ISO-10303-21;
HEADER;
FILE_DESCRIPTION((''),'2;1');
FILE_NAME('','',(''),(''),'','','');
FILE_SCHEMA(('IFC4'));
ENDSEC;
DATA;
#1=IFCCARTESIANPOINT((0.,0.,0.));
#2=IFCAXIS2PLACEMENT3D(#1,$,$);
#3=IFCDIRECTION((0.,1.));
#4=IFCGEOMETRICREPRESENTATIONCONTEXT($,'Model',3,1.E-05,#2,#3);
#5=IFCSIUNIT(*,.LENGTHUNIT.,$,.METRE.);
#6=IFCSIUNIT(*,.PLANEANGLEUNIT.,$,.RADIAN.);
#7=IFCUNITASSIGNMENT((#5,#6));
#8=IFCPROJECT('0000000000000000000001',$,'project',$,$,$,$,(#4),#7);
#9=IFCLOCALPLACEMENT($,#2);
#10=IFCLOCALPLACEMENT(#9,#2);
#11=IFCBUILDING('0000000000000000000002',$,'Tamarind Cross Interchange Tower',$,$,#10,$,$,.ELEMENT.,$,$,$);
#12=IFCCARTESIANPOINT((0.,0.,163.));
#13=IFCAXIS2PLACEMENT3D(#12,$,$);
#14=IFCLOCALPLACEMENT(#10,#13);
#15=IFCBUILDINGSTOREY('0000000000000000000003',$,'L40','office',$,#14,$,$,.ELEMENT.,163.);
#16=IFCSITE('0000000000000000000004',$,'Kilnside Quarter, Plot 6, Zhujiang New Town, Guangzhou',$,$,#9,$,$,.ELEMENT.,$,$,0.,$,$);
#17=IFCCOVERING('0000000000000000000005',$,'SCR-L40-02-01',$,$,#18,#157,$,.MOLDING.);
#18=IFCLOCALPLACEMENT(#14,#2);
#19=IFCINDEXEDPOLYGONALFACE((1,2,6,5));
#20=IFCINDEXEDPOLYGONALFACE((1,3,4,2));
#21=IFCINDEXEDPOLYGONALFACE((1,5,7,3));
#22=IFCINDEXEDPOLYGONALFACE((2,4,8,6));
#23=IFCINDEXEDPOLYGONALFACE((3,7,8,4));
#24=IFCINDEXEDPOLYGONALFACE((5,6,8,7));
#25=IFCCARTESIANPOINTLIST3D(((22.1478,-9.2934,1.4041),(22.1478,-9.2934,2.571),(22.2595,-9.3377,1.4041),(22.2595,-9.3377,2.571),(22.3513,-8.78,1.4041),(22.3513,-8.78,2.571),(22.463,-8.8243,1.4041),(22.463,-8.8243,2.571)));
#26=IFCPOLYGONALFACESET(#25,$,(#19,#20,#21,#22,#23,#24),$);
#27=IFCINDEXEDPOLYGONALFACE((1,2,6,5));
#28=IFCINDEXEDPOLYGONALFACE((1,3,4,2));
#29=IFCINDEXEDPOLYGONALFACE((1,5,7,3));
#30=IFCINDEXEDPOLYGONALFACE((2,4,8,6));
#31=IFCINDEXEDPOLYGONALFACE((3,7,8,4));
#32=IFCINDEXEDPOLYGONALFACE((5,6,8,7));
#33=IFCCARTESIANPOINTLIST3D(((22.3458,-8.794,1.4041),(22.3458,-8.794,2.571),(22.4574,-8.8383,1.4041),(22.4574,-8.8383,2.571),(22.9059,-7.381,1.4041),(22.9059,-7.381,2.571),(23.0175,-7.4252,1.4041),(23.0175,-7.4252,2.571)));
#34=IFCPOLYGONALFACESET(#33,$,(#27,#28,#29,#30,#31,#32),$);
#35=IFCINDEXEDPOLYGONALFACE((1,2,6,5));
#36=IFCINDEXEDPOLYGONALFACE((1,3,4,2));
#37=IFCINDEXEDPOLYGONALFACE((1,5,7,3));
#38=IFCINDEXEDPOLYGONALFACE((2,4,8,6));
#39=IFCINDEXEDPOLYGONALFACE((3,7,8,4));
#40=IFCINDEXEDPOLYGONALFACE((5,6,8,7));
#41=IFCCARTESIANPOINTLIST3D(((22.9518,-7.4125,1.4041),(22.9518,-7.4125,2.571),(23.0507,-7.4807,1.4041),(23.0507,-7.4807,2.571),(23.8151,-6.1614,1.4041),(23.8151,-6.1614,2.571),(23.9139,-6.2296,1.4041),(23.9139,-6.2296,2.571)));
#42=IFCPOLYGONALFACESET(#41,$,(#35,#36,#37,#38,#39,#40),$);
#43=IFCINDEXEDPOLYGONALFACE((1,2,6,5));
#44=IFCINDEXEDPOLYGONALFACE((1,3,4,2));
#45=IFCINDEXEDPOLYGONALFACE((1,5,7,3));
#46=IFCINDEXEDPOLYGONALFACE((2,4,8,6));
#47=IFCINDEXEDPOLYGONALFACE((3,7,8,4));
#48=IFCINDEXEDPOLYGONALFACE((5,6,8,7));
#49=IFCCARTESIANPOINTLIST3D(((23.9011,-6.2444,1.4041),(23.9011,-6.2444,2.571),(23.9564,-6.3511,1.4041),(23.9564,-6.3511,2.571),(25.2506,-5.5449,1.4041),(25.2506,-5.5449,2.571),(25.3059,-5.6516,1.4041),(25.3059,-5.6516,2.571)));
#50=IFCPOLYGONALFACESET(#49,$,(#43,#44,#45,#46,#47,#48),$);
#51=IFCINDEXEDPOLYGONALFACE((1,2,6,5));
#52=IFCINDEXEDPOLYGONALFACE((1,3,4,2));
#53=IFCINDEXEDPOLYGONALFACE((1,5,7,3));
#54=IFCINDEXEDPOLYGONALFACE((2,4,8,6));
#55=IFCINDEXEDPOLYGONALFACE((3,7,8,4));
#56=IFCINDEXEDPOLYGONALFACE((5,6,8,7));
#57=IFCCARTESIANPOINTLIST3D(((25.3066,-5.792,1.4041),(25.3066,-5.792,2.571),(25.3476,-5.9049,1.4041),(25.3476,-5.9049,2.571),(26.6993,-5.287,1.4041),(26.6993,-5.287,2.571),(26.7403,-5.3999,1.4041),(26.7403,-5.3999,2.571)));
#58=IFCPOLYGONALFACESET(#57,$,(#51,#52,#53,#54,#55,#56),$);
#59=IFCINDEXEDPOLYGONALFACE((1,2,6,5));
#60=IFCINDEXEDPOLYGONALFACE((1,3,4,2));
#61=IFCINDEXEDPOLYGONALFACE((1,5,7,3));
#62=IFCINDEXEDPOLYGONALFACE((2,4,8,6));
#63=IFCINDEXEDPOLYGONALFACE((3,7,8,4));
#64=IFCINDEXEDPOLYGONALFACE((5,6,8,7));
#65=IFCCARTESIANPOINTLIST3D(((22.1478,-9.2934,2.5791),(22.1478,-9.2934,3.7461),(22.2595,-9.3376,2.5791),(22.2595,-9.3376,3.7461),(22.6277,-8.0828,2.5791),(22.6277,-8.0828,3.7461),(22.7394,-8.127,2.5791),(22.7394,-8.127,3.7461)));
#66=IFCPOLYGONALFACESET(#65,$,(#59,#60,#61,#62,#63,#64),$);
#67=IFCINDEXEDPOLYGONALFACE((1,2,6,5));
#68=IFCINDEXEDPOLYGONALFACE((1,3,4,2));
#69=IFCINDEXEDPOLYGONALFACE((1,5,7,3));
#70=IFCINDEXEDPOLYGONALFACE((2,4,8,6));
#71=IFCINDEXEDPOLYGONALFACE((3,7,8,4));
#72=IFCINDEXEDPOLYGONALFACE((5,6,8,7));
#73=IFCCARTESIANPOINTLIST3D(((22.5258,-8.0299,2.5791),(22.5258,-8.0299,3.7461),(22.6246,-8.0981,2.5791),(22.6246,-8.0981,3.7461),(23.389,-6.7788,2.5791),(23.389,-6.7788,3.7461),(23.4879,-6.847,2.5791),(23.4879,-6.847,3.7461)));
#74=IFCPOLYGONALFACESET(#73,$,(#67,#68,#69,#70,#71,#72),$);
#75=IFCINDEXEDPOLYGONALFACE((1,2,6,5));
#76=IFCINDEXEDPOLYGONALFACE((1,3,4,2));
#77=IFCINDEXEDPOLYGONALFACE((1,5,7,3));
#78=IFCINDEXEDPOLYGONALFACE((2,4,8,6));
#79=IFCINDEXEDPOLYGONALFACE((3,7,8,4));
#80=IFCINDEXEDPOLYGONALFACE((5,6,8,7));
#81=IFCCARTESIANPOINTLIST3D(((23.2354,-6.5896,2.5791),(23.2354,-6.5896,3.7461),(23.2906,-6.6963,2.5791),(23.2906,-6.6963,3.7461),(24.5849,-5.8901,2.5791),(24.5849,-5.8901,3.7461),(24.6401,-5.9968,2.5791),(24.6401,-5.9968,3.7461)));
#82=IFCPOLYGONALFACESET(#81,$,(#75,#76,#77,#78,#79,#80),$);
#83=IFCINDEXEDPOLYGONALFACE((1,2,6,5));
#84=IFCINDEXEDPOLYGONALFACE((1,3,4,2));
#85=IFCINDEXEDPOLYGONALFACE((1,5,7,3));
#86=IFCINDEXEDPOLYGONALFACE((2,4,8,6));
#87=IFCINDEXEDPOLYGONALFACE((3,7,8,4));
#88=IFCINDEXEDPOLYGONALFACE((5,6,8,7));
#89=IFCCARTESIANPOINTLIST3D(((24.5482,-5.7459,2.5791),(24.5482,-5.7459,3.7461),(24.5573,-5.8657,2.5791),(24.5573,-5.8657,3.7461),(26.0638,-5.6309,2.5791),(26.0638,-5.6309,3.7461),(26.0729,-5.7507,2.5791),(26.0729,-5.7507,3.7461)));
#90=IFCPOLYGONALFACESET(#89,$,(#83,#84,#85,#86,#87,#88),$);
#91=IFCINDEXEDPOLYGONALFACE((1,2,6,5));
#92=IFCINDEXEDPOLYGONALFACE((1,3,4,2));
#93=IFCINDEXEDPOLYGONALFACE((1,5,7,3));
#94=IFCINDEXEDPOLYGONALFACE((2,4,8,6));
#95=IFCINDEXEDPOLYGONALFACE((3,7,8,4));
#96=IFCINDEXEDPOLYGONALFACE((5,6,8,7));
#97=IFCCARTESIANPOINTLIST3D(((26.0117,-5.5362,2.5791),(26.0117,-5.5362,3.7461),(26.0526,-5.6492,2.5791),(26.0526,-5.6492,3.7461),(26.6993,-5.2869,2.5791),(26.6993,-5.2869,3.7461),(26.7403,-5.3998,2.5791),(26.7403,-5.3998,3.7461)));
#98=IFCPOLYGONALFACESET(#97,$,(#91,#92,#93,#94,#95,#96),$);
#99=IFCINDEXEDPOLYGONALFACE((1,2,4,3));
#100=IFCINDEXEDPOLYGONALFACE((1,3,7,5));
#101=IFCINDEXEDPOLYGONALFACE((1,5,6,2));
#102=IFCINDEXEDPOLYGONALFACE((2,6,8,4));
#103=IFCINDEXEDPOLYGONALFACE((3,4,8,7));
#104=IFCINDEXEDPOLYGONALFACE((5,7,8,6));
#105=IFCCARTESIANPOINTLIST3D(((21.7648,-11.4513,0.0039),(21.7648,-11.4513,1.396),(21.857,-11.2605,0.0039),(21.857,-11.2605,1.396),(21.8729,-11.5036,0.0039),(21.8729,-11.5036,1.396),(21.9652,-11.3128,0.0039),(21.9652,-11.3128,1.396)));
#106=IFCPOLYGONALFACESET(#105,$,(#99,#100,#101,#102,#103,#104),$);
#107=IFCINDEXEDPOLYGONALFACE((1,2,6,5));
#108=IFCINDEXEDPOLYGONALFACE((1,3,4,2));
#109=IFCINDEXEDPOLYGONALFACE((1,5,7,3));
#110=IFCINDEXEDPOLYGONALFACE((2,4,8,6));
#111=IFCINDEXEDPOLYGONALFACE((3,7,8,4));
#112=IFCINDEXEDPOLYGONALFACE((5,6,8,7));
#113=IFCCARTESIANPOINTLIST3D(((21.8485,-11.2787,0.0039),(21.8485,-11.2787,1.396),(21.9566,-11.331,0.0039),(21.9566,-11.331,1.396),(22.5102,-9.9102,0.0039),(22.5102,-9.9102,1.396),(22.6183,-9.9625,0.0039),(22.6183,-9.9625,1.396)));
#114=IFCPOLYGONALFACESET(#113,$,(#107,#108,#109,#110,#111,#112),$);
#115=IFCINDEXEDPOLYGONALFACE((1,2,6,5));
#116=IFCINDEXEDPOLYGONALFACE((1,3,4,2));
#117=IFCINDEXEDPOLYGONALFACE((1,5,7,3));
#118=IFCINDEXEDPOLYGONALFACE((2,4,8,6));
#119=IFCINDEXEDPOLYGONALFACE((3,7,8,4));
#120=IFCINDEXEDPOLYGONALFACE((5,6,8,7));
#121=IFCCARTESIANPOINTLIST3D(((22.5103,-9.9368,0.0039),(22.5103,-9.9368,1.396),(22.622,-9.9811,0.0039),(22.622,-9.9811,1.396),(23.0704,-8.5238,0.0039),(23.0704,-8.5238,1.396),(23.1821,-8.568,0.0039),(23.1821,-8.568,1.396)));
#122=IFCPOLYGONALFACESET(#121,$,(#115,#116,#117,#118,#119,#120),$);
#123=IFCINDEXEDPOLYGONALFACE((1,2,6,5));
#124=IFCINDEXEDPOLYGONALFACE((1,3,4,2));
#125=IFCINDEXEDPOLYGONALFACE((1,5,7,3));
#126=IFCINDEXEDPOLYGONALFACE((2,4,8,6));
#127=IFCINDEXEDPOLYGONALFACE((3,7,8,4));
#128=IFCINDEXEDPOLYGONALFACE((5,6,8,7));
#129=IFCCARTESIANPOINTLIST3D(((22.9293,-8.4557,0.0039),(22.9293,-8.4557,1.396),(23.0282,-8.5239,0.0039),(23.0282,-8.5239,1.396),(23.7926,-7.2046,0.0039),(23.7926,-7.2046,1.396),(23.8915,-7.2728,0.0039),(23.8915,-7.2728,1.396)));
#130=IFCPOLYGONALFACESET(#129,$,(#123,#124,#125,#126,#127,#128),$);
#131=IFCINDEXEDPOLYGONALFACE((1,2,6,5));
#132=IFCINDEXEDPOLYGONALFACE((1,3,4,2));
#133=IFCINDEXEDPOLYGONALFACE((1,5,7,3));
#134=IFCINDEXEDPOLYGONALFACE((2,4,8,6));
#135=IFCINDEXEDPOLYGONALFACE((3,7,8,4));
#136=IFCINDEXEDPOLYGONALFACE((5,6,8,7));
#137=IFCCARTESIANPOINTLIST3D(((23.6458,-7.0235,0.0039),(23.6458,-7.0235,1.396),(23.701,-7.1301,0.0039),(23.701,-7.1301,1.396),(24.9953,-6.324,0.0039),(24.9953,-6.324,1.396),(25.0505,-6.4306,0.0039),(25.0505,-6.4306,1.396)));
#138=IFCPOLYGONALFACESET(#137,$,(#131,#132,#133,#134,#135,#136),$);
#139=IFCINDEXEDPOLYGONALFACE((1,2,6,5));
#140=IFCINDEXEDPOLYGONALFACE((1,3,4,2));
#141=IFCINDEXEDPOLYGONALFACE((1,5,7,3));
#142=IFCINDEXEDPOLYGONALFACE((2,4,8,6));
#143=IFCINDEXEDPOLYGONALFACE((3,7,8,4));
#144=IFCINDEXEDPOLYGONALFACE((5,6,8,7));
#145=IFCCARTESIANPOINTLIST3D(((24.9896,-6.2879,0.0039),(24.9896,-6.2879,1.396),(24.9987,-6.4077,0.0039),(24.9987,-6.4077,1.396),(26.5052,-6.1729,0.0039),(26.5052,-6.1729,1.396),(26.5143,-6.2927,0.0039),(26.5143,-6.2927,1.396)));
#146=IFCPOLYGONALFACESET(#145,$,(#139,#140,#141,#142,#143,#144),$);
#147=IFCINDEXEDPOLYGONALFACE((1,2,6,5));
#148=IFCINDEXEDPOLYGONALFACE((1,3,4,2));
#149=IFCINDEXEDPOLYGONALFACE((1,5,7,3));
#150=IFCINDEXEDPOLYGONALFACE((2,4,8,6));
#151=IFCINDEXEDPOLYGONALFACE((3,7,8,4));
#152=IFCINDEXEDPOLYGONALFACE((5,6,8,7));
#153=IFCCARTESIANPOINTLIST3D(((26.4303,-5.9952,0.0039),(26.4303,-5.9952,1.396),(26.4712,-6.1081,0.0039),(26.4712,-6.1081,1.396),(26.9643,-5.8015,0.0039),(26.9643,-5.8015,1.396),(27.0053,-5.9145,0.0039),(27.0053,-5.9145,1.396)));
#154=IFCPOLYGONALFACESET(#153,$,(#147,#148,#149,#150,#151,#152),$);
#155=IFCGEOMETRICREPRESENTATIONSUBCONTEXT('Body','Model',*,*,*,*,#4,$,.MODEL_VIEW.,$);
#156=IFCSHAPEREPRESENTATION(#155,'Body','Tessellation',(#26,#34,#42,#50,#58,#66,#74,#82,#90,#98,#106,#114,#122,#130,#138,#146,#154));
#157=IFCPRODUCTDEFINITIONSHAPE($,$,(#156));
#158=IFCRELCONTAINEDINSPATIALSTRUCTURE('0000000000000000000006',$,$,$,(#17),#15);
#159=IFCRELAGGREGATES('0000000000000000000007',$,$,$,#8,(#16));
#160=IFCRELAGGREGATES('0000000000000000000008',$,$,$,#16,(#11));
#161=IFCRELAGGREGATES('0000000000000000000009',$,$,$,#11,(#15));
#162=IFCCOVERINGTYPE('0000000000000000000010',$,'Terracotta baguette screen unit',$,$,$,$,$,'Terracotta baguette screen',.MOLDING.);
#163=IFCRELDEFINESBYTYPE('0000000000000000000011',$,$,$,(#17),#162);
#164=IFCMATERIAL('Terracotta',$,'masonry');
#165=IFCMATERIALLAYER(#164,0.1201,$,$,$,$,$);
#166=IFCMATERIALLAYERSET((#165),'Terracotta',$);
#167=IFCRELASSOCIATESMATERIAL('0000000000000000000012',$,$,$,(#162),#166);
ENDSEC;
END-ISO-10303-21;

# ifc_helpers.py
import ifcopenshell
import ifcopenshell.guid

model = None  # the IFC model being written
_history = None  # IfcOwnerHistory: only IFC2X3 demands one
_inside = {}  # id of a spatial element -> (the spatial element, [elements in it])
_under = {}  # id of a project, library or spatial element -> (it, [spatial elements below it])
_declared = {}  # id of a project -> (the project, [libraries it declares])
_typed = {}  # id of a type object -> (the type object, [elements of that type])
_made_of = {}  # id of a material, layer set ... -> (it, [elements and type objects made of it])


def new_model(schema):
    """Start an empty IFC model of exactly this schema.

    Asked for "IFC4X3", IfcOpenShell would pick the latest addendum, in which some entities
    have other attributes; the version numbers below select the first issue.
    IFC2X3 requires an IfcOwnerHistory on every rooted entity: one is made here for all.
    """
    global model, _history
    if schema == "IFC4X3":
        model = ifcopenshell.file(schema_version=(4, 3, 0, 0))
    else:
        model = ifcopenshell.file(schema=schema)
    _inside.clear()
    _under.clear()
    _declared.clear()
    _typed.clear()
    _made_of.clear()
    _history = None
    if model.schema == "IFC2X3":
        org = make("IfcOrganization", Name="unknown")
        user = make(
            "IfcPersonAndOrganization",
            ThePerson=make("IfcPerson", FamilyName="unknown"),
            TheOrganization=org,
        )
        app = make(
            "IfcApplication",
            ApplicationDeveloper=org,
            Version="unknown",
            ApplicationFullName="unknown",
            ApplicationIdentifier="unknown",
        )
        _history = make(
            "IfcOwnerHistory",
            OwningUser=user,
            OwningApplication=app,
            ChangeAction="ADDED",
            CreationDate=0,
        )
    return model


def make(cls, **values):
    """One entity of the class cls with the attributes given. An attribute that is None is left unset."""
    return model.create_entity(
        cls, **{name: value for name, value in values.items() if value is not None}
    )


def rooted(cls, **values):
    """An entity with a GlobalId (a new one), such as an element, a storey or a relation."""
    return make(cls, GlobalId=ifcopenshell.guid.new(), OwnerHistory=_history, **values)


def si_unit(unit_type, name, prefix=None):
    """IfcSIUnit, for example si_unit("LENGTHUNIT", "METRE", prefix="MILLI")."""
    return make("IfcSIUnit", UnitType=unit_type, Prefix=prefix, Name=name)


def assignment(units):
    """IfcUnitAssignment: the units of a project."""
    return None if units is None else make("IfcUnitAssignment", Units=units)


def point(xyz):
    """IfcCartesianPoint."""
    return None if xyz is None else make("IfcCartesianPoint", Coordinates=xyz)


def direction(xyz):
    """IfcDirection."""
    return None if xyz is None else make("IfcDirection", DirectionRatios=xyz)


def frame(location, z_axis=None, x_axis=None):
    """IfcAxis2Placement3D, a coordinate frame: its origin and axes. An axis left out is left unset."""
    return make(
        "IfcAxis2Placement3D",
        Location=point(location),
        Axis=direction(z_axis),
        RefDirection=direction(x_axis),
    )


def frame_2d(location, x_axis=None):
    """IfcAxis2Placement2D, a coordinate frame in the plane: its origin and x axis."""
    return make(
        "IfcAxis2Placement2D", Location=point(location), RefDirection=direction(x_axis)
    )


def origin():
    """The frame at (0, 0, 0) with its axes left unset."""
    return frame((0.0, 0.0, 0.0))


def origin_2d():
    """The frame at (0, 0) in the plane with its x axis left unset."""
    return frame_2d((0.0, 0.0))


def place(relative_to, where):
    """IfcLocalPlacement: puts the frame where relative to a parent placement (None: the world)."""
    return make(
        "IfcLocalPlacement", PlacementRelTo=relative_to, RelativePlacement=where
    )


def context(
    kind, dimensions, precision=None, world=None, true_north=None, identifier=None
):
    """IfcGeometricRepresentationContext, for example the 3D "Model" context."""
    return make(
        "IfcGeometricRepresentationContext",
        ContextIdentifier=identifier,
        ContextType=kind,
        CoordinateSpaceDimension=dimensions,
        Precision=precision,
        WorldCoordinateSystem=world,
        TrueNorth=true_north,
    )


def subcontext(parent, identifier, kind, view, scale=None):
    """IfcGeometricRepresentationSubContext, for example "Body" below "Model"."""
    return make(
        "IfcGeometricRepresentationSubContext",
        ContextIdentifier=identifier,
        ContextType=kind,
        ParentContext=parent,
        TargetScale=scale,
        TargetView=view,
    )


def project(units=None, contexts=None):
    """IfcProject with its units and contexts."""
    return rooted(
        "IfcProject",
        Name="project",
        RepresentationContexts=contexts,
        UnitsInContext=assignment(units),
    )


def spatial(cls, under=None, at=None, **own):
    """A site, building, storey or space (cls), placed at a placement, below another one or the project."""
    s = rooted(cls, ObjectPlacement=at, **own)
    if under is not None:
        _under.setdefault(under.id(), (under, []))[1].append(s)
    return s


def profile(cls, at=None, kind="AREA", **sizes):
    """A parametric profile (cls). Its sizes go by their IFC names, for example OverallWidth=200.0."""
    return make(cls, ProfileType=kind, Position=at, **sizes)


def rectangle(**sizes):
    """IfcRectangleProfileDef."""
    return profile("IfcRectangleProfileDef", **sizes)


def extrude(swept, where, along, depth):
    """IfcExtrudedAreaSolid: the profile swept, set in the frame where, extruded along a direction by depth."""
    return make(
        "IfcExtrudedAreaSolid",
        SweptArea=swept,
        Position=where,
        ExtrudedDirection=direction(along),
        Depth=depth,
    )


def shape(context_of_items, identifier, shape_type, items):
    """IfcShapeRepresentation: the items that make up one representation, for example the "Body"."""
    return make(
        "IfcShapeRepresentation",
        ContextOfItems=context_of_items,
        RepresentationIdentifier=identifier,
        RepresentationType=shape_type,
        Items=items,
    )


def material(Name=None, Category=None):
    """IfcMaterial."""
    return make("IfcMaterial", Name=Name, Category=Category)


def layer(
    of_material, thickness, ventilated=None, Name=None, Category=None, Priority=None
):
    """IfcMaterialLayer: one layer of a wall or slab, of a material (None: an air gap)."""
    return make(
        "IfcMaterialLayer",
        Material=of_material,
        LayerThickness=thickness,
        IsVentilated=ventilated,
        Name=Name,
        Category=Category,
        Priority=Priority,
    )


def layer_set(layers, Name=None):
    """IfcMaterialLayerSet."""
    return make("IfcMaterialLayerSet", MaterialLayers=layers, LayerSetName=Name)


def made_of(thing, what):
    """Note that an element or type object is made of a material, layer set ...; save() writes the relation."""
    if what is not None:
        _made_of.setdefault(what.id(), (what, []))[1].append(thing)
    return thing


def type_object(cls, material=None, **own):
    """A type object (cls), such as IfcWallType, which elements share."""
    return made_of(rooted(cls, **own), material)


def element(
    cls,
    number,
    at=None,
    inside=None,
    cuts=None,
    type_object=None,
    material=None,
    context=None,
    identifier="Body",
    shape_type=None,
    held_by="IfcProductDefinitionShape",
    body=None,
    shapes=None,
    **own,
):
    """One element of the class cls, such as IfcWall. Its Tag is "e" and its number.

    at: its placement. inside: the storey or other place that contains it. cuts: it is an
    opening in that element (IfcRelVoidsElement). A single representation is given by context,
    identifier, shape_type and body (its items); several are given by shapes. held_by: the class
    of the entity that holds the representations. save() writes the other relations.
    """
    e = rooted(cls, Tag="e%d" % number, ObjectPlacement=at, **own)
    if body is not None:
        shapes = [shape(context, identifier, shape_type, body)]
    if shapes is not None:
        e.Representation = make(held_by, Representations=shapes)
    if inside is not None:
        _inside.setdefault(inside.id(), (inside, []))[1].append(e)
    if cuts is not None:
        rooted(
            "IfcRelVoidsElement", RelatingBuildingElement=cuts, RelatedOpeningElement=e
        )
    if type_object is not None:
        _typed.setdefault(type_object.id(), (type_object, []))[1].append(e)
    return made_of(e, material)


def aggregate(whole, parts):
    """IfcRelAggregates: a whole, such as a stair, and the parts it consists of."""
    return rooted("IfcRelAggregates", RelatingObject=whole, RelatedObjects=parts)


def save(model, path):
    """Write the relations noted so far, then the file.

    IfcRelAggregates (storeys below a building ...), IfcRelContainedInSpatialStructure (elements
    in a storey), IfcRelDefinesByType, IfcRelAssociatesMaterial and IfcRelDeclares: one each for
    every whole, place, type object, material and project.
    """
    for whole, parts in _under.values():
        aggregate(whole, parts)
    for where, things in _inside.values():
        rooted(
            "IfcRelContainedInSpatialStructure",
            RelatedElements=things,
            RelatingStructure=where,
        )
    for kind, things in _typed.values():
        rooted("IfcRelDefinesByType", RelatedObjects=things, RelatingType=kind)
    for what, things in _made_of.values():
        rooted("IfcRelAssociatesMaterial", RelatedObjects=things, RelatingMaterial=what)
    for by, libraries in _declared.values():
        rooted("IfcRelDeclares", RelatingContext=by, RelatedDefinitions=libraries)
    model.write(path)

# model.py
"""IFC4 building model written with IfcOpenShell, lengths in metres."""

from ifc_helpers import new_model, si_unit, direction, frame, origin, origin_2d, place, context, subcontext, project, spatial, rectangle, extrude, material, layer, layer_set, type_object, element, save


model = new_model("IFC4")

# Units and contexts
model_context = context("Model", 3, precision=1e-05, world=origin(), true_north=direction((0.0, 1.0)))
body_context = subcontext(model_context, "Body", "Model", "MODEL_VIEW")
ifc_project = project(units=[si_unit("LENGTHUNIT", "METRE"), si_unit("PLANEANGLEUNIT", "RADIAN")], contexts=[model_context])

# Site, building, storey
site_placement = place(None, origin())
site = spatial("IfcSite", under=ifc_project, at=site_placement, Name="Kilnside Quarter, Plot 6, Zhujiang New Town, Guangzhou", CompositionType="ELEMENT", RefElevation=0.0)
building_placement = place(site_placement, origin())
building = spatial("IfcBuilding", under=site, at=building_placement, Name="Tamarind Cross Interchange Tower", CompositionType="ELEMENT")
storey_placement = place(building_placement, frame((0.0, 0.0, 163.0)))
storey = spatial("IfcBuildingStorey", under=building, at=storey_placement, Name="L40", Description="office", CompositionType="ELEMENT", Elevation=163.0)

# Covering
ifc_material_1 = material(Name="Terracotta", Category="masonry")
ifc_layer_1 = layer(ifc_material_1, 0.1201)
ifc_layer_set_1 = layer_set([ifc_layer_1], Name="Terracotta")
covering_type = type_object("IfcCoveringType", Name="Terracotta baguette screen unit", ElementType="Terracotta baguette screen", PredefinedType="MOLDING", material=ifc_layer_set_1)
covering_placement = place(storey_placement, origin())
element("IfcCovering", 1, at=covering_placement, inside=storey, type_object=covering_type, Name="SCR-L40-02-01", PredefinedType="MOLDING", context=body_context, shape_type="SweptSolid", body=[
    extrude(rectangle(XDim=0.5522, YDim=0.1201, at=origin_2d()), frame((22.3054, -9.0588, 1.4041), z_axis=(0.0, 0.0, 1.0), x_axis=(0.368473, 0.929639, 0.0)), (0.0, 0.0, 1.0), 1.167),
    extrude(rectangle(XDim=1.52, YDim=0.1201, at=origin_2d()), frame((22.6816, -8.1096, 1.4041), z_axis=(0.0, 0.0, 1.0), x_axis=(0.368473, 0.929639, 0.0)), (0.0, 0.0, 1.0), 1.167),
    extrude(rectangle(XDim=1.52, YDim=0.1201, at=origin_2d()), frame((23.4329, -6.821, 1.4041), z_axis=(0.0, 0.0, 1.0), x_axis=(0.567917, 0.823086, 0.0)), (0.0, 0.0, 1.0), 1.167),
    extrude(rectangle(XDim=1.52, YDim=0.1201, at=origin_2d()), frame((24.6035, -5.948, 1.4041), z_axis=(0.0, 0.0, 1.0), x_axis=(0.88782, 0.460192, 0.0)), (0.0, 0.0, 1.0), 1.167),
    extrude(rectangle(XDim=1.4814, YDim=0.1201, at=origin_2d()), frame((26.0234, -5.5959, 1.4041), z_axis=(0.0, 0.0, 1.0), x_axis=(0.940102, 0.340894, 0.0)), (0.0, 0.0, 1.0), 1.167),
    extrude(rectangle(XDim=1.3022, YDim=0.1201, at=origin_2d()), frame((22.4436, -8.7102, 2.5791), z_axis=(0.0, 0.0, 1.0), x_axis=(0.368473, 0.929639, 0.0)), (0.0, 0.0, 1.0), 1.167),
    extrude(rectangle(XDim=1.52, YDim=0.1201, at=origin_2d()), frame((23.0068, -7.4385, 2.5791), z_axis=(0.0, 0.0, 1.0), x_axis=(0.567917, 0.823086, 0.0)), (0.0, 0.0, 1.0), 1.167),
    extrude(rectangle(XDim=1.52, YDim=0.1201, at=origin_2d()), frame((23.9377, -6.2932, 2.5791), z_axis=(0.0, 0.0, 1.0), x_axis=(0.88782, 0.460192, 0.0)), (0.0, 0.0, 1.0), 1.167),
    extrude(rectangle(XDim=1.52, YDim=0.1201, at=origin_2d()), frame((25.3105, -5.7483, 2.5791), z_axis=(0.0, 0.0, 1.0), x_axis=(0.997133, 0.075666, 0.0)), (0.0, 0.0, 1.0), 1.167),
    extrude(rectangle(XDim=0.7314, YDim=0.1201, at=origin_2d()), frame((26.376, -5.468, 2.5791), z_axis=(0.0, 0.0, 1.0), x_axis=(0.940102, 0.340894, 0.0)), (0.0, 0.0, 1.0), 1.167),
    extrude(rectangle(XDim=0.2119, YDim=0.1201, at=origin_2d()), frame((21.865, -11.3821, 0.0039), z_axis=(0.0, 0.0, 1.0), x_axis=(0.435326, 0.900273, 0.0)), (0.0, 0.0, 1.0), 1.3921),
    extrude(rectangle(XDim=1.52, YDim=0.1201, at=origin_2d()), frame((22.2334, -10.6206, 0.0039), z_axis=(0.0, 0.0, 1.0), x_axis=(0.435326, 0.900273, 0.0)), (0.0, 0.0, 1.0), 1.3921),
    extrude(rectangle(XDim=1.52, YDim=0.1201, at=origin_2d()), frame((22.8462, -9.2524, 0.0039), z_axis=(0.0, 0.0, 1.0), x_axis=(0.368473, 0.929639, 0.0)), (0.0, 0.0, 1.0), 1.3921),
    extrude(rectangle(XDim=1.52, YDim=0.1201, at=origin_2d()), frame((23.4104, -7.8643, 0.0039), z_axis=(0.0, 0.0, 1.0), x_axis=(0.567917, 0.823086, 0.0)), (0.0, 0.0, 1.0), 1.3921),
    extrude(rectangle(XDim=1.52, YDim=0.1201, at=origin_2d()), frame((24.3481, -6.7271, 0.0039), z_axis=(0.0, 0.0, 1.0), x_axis=(0.88782, 0.460192, 0.0)), (0.0, 0.0, 1.0), 1.3921),
    extrude(rectangle(XDim=1.52, YDim=0.1201, at=origin_2d()), frame((25.752, -6.2903, 0.0039), z_axis=(0.0, 0.0, 1.0), x_axis=(0.997133, 0.075666, 0.0)), (0.0, 0.0, 1.0), 1.3921),
    extrude(rectangle(XDim=0.5681, YDim=0.1201, at=origin_2d()), frame((26.7178, -5.9548, 0.0039), z_axis=(0.0, 0.0, 1.0), x_axis=(0.940102, 0.340894, 0.0)), (0.0, 0.0, 1.0), 1.3921),
])

save(model, "model.ifc")
